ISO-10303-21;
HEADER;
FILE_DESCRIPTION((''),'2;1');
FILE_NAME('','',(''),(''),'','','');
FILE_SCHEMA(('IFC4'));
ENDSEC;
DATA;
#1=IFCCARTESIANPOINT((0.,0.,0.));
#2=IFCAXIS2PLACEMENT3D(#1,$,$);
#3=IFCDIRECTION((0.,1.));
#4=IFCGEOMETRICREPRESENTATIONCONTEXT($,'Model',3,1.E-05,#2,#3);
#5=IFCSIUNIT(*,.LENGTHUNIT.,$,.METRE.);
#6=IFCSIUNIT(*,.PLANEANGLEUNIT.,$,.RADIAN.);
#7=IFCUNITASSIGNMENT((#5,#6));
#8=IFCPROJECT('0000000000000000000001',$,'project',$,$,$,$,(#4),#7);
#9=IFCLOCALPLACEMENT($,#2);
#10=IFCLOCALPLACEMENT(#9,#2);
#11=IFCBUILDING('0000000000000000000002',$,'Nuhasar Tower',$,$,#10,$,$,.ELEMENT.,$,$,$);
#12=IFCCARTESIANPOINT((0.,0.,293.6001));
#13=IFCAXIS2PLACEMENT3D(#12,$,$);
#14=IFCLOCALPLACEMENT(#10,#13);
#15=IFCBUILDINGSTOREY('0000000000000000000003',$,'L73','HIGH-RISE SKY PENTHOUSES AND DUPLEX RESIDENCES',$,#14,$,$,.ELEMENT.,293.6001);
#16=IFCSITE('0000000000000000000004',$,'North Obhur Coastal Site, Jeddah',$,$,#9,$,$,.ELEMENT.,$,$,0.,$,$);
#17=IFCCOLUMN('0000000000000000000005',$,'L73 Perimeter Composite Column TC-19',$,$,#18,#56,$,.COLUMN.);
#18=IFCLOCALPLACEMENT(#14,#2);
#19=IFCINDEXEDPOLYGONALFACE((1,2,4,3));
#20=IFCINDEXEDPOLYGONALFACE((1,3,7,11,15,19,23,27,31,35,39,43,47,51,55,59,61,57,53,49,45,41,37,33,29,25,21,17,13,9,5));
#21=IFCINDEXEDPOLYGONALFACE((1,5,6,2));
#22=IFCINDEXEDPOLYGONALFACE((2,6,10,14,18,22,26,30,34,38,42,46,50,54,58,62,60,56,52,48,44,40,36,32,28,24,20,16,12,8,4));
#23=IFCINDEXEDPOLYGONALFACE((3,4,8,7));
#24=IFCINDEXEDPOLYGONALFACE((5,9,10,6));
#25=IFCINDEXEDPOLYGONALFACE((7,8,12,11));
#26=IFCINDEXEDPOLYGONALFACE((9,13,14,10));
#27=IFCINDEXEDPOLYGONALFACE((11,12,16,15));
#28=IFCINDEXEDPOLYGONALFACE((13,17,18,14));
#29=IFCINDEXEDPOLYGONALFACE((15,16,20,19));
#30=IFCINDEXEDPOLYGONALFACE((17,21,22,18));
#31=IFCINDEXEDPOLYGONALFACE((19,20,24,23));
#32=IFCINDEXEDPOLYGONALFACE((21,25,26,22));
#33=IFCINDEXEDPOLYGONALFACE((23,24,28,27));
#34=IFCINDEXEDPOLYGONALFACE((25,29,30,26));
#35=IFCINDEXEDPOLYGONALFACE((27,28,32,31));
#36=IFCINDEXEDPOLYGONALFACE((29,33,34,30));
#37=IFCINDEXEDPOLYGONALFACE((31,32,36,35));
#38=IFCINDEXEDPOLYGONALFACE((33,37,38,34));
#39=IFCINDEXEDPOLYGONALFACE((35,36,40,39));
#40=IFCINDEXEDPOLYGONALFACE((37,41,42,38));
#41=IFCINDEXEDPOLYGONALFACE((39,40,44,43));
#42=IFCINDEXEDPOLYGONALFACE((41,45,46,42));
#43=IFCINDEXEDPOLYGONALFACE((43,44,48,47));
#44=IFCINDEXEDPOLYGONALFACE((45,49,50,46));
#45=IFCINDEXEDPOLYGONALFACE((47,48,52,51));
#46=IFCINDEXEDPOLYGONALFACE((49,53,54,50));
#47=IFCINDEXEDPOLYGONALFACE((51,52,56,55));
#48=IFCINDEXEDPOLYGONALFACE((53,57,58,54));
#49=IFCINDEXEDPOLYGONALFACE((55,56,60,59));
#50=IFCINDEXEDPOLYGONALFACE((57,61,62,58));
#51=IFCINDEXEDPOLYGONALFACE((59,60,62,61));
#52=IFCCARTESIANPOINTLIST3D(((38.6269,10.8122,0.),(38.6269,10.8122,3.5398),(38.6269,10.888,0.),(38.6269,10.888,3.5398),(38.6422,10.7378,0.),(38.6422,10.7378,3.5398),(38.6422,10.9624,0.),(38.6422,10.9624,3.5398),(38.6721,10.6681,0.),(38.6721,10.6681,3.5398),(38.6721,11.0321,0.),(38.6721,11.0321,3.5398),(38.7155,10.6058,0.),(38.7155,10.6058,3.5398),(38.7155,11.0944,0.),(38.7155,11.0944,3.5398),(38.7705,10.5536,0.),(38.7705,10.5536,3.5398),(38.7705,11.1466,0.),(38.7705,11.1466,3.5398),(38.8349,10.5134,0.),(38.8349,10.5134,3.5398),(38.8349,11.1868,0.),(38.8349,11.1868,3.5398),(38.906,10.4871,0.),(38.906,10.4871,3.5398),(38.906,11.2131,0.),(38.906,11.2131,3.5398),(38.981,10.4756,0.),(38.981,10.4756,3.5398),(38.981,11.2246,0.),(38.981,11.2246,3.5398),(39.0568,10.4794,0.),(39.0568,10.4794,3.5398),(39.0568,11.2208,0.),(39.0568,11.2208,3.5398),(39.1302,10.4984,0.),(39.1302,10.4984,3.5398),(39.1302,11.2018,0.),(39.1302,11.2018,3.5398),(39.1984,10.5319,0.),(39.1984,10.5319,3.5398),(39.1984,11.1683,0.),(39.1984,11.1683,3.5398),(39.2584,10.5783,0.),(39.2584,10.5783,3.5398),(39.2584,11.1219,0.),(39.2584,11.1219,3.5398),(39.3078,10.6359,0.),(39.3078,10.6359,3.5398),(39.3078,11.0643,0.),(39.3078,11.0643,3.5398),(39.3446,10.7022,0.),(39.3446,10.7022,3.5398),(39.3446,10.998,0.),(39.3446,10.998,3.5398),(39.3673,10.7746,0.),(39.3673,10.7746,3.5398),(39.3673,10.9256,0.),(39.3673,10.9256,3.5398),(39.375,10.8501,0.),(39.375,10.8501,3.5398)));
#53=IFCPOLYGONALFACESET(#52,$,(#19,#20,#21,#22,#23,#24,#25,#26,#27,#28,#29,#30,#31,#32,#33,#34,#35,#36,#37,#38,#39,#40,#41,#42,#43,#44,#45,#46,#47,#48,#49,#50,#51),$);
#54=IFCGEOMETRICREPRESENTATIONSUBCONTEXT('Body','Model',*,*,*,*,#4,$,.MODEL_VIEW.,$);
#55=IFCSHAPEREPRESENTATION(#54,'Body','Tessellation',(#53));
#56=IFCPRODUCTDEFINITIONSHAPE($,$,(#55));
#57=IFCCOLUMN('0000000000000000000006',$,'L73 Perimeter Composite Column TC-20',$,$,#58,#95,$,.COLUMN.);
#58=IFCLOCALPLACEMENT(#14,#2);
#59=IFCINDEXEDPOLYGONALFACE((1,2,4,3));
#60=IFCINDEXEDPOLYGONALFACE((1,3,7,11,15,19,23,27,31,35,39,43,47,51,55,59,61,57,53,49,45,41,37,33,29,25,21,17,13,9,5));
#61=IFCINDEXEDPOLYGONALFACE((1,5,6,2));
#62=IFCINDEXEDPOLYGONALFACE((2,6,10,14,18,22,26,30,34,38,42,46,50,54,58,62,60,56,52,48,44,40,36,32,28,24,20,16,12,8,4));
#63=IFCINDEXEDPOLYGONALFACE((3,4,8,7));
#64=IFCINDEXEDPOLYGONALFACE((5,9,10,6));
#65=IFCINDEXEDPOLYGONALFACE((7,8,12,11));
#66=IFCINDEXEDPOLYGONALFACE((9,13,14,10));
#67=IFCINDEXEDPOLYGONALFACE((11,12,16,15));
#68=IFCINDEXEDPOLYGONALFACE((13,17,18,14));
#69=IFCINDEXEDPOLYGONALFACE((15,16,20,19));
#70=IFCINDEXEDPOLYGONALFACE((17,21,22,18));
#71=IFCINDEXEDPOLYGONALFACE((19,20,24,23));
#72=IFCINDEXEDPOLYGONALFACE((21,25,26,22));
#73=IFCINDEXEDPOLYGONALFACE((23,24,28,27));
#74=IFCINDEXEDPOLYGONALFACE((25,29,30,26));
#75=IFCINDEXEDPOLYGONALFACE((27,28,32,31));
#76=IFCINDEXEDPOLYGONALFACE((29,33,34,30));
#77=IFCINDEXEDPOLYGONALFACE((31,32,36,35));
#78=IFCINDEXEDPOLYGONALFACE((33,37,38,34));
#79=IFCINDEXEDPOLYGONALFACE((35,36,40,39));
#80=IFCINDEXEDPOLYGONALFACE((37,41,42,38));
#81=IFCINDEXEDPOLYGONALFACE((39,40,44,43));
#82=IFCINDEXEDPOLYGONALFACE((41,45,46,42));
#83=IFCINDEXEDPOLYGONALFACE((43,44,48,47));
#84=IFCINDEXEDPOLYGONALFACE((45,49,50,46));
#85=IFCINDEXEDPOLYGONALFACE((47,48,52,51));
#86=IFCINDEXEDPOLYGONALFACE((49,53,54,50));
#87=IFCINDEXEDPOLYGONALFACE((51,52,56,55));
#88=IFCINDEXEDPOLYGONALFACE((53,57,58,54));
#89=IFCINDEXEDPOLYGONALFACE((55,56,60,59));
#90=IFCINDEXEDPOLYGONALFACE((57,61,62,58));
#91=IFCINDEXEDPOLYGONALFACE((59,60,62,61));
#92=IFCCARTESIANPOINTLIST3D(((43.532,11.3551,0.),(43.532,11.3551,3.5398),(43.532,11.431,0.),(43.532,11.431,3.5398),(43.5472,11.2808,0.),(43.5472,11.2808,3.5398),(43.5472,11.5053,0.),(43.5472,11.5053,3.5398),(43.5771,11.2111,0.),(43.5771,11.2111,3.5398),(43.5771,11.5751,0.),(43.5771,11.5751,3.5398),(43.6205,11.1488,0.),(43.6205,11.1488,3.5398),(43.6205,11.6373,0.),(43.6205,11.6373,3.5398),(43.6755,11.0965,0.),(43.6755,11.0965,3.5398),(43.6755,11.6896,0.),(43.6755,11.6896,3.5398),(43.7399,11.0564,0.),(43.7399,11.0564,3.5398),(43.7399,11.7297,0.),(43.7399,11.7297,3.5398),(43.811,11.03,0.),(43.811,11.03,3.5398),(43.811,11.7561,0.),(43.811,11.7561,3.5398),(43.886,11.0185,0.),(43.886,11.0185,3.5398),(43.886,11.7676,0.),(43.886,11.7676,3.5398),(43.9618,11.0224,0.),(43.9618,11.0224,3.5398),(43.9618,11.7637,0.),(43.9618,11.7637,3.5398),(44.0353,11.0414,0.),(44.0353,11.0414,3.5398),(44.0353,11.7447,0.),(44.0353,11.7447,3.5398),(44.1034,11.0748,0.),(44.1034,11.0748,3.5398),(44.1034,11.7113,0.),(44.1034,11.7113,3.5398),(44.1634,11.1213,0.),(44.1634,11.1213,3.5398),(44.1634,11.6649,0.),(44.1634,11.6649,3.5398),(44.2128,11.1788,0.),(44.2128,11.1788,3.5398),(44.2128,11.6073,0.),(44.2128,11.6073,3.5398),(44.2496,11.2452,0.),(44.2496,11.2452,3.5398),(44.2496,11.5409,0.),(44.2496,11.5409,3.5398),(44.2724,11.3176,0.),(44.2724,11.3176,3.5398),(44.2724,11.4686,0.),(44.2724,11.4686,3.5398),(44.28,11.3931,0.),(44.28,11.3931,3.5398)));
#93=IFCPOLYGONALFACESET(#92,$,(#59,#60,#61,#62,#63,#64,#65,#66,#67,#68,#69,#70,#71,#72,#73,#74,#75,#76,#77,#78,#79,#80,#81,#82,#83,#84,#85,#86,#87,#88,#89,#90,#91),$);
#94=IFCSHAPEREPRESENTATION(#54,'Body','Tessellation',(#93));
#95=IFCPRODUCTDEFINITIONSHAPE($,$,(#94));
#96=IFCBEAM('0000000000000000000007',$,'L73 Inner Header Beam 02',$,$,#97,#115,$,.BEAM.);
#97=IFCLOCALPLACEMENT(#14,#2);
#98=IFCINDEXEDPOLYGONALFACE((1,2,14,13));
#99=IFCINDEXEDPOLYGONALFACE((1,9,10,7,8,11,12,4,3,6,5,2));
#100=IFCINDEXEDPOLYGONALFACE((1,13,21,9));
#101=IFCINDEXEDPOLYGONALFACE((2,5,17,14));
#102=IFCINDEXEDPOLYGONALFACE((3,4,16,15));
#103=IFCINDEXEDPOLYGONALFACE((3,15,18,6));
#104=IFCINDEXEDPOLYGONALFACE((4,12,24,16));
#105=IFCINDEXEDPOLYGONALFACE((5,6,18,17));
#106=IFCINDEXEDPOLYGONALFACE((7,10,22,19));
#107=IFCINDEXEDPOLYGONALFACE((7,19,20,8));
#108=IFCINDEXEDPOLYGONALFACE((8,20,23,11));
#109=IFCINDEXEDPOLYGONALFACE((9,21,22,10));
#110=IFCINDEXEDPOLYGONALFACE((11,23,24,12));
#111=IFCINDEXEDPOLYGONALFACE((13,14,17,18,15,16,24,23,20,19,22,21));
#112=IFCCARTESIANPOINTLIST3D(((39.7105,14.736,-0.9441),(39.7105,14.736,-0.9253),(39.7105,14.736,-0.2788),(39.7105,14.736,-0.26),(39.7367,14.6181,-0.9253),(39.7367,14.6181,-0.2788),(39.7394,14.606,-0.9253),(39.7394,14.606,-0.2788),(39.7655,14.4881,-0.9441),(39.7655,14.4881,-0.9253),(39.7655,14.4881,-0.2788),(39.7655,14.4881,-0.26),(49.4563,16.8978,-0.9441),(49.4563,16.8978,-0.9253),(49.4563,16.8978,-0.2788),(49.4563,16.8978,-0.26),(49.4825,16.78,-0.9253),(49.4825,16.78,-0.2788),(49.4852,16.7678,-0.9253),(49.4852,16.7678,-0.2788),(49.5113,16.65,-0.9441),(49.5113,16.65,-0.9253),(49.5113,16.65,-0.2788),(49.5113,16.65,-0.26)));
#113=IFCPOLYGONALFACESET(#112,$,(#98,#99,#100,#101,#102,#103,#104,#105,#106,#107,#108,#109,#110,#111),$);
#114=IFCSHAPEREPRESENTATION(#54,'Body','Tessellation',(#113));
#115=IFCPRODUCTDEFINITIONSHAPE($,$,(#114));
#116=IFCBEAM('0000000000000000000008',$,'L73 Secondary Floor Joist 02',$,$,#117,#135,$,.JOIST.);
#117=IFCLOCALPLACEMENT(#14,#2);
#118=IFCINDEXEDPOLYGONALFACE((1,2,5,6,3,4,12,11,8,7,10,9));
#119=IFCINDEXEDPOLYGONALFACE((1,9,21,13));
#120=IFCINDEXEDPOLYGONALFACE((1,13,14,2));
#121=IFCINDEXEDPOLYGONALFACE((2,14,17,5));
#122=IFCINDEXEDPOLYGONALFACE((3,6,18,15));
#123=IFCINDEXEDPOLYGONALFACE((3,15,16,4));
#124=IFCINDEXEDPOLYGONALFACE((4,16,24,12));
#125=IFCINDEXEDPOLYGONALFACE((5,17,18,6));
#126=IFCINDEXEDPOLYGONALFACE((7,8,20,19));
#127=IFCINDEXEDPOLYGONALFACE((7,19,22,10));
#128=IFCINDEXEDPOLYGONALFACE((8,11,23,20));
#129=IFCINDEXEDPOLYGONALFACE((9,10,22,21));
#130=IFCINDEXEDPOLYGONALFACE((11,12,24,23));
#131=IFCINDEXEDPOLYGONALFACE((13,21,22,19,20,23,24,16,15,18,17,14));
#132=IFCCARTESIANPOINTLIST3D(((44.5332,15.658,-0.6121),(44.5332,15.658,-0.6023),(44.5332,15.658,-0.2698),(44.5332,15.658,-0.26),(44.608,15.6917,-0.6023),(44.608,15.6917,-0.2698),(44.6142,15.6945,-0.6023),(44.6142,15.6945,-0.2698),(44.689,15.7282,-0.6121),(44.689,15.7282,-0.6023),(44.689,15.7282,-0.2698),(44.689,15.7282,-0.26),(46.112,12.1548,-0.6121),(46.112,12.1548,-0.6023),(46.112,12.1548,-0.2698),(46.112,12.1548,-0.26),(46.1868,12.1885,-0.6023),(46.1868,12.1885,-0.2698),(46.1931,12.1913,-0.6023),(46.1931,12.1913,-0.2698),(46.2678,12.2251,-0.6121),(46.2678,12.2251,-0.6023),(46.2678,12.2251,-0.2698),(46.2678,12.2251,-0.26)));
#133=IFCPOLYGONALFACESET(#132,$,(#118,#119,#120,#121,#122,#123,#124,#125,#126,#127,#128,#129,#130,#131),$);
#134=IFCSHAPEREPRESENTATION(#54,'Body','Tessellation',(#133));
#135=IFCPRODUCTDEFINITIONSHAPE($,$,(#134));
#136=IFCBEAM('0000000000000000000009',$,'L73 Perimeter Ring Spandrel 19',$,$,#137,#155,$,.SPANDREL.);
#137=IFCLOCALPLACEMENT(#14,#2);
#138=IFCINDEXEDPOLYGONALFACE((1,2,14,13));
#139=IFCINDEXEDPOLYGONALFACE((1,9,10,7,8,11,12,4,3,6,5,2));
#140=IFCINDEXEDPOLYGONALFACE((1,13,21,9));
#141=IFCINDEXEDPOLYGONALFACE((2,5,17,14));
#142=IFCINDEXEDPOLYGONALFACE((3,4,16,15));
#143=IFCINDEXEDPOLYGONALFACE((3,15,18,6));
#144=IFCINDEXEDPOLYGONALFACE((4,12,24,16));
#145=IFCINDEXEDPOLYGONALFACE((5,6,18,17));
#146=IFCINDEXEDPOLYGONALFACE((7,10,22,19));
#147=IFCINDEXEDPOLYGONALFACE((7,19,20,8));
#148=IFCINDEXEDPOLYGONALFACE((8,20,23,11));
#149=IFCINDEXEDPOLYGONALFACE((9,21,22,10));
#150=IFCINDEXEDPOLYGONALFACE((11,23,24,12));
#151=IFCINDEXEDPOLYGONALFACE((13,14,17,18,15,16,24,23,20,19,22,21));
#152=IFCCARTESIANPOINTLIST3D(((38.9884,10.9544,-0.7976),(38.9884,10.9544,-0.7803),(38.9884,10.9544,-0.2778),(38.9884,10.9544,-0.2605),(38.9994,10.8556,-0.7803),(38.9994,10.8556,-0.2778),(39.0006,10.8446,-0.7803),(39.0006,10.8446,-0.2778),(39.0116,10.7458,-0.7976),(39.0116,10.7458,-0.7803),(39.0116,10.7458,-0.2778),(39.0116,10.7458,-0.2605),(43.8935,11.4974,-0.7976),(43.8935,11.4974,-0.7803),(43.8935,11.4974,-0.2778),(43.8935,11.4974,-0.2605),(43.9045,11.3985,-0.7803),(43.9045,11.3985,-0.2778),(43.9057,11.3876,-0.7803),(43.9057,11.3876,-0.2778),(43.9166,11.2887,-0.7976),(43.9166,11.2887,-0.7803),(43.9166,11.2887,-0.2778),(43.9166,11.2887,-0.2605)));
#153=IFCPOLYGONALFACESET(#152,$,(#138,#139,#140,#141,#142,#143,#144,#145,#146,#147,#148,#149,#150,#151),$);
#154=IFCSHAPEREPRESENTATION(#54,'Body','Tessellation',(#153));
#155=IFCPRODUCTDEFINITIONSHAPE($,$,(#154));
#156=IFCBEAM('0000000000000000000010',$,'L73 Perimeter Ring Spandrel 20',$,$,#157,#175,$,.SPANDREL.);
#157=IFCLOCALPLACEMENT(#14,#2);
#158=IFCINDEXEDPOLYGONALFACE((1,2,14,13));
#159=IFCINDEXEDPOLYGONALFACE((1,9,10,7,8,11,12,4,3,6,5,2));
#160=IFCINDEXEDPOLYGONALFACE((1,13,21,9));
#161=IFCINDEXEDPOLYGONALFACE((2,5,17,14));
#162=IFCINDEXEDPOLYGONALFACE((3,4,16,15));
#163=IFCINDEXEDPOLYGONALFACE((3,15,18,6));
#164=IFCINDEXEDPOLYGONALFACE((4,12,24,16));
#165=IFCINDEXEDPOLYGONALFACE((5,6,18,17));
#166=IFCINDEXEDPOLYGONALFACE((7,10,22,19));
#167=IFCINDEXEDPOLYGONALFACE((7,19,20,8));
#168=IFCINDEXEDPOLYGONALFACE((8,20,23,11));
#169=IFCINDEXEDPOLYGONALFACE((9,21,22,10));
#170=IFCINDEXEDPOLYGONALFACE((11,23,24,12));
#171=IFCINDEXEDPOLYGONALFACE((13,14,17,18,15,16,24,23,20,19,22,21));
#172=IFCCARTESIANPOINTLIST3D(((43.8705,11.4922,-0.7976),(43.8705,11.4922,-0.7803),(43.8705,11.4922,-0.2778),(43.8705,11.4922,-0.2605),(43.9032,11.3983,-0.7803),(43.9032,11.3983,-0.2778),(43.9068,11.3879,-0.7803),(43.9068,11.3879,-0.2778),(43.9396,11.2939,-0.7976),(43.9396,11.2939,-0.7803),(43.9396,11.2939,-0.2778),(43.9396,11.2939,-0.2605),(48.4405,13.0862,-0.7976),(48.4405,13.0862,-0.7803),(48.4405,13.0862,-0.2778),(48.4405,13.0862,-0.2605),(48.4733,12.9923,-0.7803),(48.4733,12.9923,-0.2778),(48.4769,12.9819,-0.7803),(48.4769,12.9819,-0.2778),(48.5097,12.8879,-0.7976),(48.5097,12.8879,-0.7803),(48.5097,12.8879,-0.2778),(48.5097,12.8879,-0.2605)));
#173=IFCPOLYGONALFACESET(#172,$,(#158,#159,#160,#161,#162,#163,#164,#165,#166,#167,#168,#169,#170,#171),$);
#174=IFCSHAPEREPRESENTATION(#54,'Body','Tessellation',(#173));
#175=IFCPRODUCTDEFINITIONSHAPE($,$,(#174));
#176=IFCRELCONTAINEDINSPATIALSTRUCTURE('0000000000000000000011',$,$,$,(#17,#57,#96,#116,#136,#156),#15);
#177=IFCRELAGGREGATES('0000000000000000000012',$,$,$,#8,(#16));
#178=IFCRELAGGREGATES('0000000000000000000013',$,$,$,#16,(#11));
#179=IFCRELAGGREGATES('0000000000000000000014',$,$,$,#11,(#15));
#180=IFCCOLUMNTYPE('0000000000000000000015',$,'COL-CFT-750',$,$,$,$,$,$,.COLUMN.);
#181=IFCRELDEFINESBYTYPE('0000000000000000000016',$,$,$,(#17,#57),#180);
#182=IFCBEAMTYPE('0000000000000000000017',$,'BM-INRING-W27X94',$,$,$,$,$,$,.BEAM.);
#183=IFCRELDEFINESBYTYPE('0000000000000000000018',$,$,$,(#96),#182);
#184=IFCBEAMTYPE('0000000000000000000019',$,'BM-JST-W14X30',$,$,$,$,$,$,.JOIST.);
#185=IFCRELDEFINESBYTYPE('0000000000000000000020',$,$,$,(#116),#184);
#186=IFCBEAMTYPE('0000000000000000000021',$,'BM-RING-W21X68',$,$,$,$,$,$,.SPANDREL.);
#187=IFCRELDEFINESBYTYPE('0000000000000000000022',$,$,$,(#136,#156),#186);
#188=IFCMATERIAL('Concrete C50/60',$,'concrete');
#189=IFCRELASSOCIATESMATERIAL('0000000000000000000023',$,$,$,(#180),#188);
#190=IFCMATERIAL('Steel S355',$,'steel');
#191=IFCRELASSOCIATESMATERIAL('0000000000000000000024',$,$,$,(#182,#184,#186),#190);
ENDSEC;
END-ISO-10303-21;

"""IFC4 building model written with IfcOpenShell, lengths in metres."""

from ifc_helpers import new_model, si_unit, direction, frame, origin, origin_2d, place, context, subcontext, project, spatial, circle, i_section, extrude, material, material_profile, profile_set, type_object, element, save


model = new_model("IFC4")

# Units and contexts
model_context = context("Model", 3, precision=1e-05, world=origin(), true_north=direction((0.0, 1.0)))
body_context = subcontext(model_context, "Body", "Model", "MODEL_VIEW")
ifc_project = project(units=[si_unit("LENGTHUNIT", "METRE"), si_unit("PLANEANGLEUNIT", "RADIAN")], contexts=[model_context])

# Site, building, storey
site_placement = place(None, origin())
site = spatial("IfcSite", under=ifc_project, at=site_placement, Name="North Obhur Coastal Site, Jeddah", CompositionType="ELEMENT", RefElevation=0.0)
building_placement = place(site_placement, origin())
building = spatial("IfcBuilding", under=site, at=building_placement, Name="Nuhasar Tower", CompositionType="ELEMENT")
storey_placement = place(building_placement, frame((0.0, 0.0, 293.6001)))
storey = spatial("IfcBuildingStorey", under=building, at=storey_placement, Name="L73", Description="HIGH-RISE SKY PENTHOUSES AND DUPLEX RESIDENCES", CompositionType="ELEMENT", Elevation=293.6001)

# Columns
ifc_material_1 = material(Name="Concrete C50/60", Category="concrete")
ifc_material_profile_1 = material_profile(ifc_material_1, circle(Radius=0.375, at=origin_2d()), Name="CFT750")
ifc_profile_set_1 = profile_set([ifc_material_profile_1], Name="Concrete C50/60")
column_type = type_object("IfcColumnType", Name="COL-CFT-750", PredefinedType="COLUMN", material=ifc_profile_set_1)
for number, where, z_axis, x_axis, name in (
    (1, (39.0, 10.8501, 0.0), (0.0, 0.0, 1.0), (1.0, 0.0, 0.0), "L73 Perimeter Composite Column TC-19"),
    (2, (43.905, 11.3931, 0.0), (0.0, 0.0, 1.0), (1.0, 0.0, 0.0), "L73 Perimeter Composite Column TC-20"),
):
    element("IfcColumn", number, at=place(storey_placement, frame(where, z_axis=z_axis, x_axis=x_axis)), inside=storey, type_object=column_type, Name=name, PredefinedType="COLUMN", context=body_context, shape_type="SweptSolid", body=[
        extrude(circle(Radius=0.375, at=origin_2d()), origin(), (0.0, 0.0, 1.0), 3.5398),
    ])

# Beams
ifc_material_2 = material(Name="Steel S355", Category="steel")
ifc_material_profile_2 = material_profile(ifc_material_2, i_section(OverallWidth=0.2539, OverallDepth=0.6841, WebThickness=0.0125, FlangeThickness=0.0188, at=origin_2d()), Name="W27X94")
ifc_profile_set_2 = profile_set([ifc_material_profile_2], Name="Steel S355")
beam_type_1 = type_object("IfcBeamType", Name="BM-INRING-W27X94", PredefinedType="BEAM", material=ifc_profile_set_2)
beam_1_placement = place(storey_placement, frame((39.738, 14.6121, -0.6021), z_axis=(0.976269, 0.21656, 0.0), x_axis=(-0.21656, 0.976269, 0.0)))
element("IfcBeam", 3, at=beam_1_placement, inside=storey, type_object=beam_type_1, Name="L73 Inner Header Beam 02", PredefinedType="BEAM", context=body_context, shape_type="SweptSolid", body=[
    extrude(i_section(OverallWidth=0.2539, OverallDepth=0.6841, WebThickness=0.0125, FlangeThickness=0.0188, at=origin_2d()), origin(), (0.0, 0.0, 1.0), 9.9827),
])
ifc_material_profile_3 = material_profile(ifc_material_2, i_section(OverallWidth=0.1709, OverallDepth=0.3521, WebThickness=0.0068, FlangeThickness=0.0098, at=origin_2d()), Name="W14X30")
ifc_profile_set_3 = profile_set([ifc_material_profile_3], Name="Steel S355")
beam_type_2 = type_object("IfcBeamType", Name="BM-JST-W14X30", PredefinedType="JOIST", material=ifc_profile_set_3)
beam_2_placement = place(storey_placement, frame((44.6111, 15.6931, -0.436), z_axis=(0.41089, -0.911685, 0.0), x_axis=(0.911685, 0.41089, 0.0)))
element("IfcBeam", 4, at=beam_2_placement, inside=storey, type_object=beam_type_2, Name="L73 Secondary Floor Joist 02", PredefinedType="JOIST", context=body_context, shape_type="SweptSolid", body=[
    extrude(i_section(OverallWidth=0.1709, OverallDepth=0.3521, WebThickness=0.0068, FlangeThickness=0.0098, at=origin_2d()), origin(), (0.0, 0.0, 1.0), 3.8425),
])
ifc_material_profile_4 = material_profile(ifc_material_2, i_section(OverallWidth=0.21, OverallDepth=0.5371, WebThickness=0.011, FlangeThickness=0.0173, at=origin_2d()), Name="W21X68")
ifc_profile_set_4 = profile_set([ifc_material_profile_4], Name="Steel S355")
beam_type_3 = type_object("IfcBeamType", Name="BM-RING-W21X68", PredefinedType="SPANDREL", material=ifc_profile_set_4)
beam_3_placement = place(storey_placement, frame((39.0, 10.8501, -0.5291), z_axis=(0.993929, 0.110024, 0.0), x_axis=(-0.110024, 0.993929, 0.0)))
element("IfcBeam", 5, at=beam_3_placement, inside=storey, type_object=beam_type_3, Name="L73 Perimeter Ring Spandrel 19", PredefinedType="SPANDREL", context=body_context, shape_type="SweptSolid", body=[
    extrude(i_section(OverallWidth=0.21, OverallDepth=0.5371, WebThickness=0.011, FlangeThickness=0.0173, at=origin_2d()), origin(), (0.0, 0.0, 1.0), 4.9351),
])
beam_4_placement = place(storey_placement, frame((43.905, 11.3931, -0.5291), z_axis=(0.944214, 0.329332, 0.0), x_axis=(-0.329332, 0.944214, 0.0)))
element("IfcBeam", 6, at=beam_4_placement, inside=storey, type_object=beam_type_3, Name="L73 Perimeter Ring Spandrel 20", PredefinedType="SPANDREL", context=body_context, shape_type="SweptSolid", body=[
    extrude(i_section(OverallWidth=0.21, OverallDepth=0.5371, WebThickness=0.011, FlangeThickness=0.0173, at=origin_2d()), origin(), (0.0, 0.0, 1.0), 4.8401),
])

save(model, "model.ifc")
